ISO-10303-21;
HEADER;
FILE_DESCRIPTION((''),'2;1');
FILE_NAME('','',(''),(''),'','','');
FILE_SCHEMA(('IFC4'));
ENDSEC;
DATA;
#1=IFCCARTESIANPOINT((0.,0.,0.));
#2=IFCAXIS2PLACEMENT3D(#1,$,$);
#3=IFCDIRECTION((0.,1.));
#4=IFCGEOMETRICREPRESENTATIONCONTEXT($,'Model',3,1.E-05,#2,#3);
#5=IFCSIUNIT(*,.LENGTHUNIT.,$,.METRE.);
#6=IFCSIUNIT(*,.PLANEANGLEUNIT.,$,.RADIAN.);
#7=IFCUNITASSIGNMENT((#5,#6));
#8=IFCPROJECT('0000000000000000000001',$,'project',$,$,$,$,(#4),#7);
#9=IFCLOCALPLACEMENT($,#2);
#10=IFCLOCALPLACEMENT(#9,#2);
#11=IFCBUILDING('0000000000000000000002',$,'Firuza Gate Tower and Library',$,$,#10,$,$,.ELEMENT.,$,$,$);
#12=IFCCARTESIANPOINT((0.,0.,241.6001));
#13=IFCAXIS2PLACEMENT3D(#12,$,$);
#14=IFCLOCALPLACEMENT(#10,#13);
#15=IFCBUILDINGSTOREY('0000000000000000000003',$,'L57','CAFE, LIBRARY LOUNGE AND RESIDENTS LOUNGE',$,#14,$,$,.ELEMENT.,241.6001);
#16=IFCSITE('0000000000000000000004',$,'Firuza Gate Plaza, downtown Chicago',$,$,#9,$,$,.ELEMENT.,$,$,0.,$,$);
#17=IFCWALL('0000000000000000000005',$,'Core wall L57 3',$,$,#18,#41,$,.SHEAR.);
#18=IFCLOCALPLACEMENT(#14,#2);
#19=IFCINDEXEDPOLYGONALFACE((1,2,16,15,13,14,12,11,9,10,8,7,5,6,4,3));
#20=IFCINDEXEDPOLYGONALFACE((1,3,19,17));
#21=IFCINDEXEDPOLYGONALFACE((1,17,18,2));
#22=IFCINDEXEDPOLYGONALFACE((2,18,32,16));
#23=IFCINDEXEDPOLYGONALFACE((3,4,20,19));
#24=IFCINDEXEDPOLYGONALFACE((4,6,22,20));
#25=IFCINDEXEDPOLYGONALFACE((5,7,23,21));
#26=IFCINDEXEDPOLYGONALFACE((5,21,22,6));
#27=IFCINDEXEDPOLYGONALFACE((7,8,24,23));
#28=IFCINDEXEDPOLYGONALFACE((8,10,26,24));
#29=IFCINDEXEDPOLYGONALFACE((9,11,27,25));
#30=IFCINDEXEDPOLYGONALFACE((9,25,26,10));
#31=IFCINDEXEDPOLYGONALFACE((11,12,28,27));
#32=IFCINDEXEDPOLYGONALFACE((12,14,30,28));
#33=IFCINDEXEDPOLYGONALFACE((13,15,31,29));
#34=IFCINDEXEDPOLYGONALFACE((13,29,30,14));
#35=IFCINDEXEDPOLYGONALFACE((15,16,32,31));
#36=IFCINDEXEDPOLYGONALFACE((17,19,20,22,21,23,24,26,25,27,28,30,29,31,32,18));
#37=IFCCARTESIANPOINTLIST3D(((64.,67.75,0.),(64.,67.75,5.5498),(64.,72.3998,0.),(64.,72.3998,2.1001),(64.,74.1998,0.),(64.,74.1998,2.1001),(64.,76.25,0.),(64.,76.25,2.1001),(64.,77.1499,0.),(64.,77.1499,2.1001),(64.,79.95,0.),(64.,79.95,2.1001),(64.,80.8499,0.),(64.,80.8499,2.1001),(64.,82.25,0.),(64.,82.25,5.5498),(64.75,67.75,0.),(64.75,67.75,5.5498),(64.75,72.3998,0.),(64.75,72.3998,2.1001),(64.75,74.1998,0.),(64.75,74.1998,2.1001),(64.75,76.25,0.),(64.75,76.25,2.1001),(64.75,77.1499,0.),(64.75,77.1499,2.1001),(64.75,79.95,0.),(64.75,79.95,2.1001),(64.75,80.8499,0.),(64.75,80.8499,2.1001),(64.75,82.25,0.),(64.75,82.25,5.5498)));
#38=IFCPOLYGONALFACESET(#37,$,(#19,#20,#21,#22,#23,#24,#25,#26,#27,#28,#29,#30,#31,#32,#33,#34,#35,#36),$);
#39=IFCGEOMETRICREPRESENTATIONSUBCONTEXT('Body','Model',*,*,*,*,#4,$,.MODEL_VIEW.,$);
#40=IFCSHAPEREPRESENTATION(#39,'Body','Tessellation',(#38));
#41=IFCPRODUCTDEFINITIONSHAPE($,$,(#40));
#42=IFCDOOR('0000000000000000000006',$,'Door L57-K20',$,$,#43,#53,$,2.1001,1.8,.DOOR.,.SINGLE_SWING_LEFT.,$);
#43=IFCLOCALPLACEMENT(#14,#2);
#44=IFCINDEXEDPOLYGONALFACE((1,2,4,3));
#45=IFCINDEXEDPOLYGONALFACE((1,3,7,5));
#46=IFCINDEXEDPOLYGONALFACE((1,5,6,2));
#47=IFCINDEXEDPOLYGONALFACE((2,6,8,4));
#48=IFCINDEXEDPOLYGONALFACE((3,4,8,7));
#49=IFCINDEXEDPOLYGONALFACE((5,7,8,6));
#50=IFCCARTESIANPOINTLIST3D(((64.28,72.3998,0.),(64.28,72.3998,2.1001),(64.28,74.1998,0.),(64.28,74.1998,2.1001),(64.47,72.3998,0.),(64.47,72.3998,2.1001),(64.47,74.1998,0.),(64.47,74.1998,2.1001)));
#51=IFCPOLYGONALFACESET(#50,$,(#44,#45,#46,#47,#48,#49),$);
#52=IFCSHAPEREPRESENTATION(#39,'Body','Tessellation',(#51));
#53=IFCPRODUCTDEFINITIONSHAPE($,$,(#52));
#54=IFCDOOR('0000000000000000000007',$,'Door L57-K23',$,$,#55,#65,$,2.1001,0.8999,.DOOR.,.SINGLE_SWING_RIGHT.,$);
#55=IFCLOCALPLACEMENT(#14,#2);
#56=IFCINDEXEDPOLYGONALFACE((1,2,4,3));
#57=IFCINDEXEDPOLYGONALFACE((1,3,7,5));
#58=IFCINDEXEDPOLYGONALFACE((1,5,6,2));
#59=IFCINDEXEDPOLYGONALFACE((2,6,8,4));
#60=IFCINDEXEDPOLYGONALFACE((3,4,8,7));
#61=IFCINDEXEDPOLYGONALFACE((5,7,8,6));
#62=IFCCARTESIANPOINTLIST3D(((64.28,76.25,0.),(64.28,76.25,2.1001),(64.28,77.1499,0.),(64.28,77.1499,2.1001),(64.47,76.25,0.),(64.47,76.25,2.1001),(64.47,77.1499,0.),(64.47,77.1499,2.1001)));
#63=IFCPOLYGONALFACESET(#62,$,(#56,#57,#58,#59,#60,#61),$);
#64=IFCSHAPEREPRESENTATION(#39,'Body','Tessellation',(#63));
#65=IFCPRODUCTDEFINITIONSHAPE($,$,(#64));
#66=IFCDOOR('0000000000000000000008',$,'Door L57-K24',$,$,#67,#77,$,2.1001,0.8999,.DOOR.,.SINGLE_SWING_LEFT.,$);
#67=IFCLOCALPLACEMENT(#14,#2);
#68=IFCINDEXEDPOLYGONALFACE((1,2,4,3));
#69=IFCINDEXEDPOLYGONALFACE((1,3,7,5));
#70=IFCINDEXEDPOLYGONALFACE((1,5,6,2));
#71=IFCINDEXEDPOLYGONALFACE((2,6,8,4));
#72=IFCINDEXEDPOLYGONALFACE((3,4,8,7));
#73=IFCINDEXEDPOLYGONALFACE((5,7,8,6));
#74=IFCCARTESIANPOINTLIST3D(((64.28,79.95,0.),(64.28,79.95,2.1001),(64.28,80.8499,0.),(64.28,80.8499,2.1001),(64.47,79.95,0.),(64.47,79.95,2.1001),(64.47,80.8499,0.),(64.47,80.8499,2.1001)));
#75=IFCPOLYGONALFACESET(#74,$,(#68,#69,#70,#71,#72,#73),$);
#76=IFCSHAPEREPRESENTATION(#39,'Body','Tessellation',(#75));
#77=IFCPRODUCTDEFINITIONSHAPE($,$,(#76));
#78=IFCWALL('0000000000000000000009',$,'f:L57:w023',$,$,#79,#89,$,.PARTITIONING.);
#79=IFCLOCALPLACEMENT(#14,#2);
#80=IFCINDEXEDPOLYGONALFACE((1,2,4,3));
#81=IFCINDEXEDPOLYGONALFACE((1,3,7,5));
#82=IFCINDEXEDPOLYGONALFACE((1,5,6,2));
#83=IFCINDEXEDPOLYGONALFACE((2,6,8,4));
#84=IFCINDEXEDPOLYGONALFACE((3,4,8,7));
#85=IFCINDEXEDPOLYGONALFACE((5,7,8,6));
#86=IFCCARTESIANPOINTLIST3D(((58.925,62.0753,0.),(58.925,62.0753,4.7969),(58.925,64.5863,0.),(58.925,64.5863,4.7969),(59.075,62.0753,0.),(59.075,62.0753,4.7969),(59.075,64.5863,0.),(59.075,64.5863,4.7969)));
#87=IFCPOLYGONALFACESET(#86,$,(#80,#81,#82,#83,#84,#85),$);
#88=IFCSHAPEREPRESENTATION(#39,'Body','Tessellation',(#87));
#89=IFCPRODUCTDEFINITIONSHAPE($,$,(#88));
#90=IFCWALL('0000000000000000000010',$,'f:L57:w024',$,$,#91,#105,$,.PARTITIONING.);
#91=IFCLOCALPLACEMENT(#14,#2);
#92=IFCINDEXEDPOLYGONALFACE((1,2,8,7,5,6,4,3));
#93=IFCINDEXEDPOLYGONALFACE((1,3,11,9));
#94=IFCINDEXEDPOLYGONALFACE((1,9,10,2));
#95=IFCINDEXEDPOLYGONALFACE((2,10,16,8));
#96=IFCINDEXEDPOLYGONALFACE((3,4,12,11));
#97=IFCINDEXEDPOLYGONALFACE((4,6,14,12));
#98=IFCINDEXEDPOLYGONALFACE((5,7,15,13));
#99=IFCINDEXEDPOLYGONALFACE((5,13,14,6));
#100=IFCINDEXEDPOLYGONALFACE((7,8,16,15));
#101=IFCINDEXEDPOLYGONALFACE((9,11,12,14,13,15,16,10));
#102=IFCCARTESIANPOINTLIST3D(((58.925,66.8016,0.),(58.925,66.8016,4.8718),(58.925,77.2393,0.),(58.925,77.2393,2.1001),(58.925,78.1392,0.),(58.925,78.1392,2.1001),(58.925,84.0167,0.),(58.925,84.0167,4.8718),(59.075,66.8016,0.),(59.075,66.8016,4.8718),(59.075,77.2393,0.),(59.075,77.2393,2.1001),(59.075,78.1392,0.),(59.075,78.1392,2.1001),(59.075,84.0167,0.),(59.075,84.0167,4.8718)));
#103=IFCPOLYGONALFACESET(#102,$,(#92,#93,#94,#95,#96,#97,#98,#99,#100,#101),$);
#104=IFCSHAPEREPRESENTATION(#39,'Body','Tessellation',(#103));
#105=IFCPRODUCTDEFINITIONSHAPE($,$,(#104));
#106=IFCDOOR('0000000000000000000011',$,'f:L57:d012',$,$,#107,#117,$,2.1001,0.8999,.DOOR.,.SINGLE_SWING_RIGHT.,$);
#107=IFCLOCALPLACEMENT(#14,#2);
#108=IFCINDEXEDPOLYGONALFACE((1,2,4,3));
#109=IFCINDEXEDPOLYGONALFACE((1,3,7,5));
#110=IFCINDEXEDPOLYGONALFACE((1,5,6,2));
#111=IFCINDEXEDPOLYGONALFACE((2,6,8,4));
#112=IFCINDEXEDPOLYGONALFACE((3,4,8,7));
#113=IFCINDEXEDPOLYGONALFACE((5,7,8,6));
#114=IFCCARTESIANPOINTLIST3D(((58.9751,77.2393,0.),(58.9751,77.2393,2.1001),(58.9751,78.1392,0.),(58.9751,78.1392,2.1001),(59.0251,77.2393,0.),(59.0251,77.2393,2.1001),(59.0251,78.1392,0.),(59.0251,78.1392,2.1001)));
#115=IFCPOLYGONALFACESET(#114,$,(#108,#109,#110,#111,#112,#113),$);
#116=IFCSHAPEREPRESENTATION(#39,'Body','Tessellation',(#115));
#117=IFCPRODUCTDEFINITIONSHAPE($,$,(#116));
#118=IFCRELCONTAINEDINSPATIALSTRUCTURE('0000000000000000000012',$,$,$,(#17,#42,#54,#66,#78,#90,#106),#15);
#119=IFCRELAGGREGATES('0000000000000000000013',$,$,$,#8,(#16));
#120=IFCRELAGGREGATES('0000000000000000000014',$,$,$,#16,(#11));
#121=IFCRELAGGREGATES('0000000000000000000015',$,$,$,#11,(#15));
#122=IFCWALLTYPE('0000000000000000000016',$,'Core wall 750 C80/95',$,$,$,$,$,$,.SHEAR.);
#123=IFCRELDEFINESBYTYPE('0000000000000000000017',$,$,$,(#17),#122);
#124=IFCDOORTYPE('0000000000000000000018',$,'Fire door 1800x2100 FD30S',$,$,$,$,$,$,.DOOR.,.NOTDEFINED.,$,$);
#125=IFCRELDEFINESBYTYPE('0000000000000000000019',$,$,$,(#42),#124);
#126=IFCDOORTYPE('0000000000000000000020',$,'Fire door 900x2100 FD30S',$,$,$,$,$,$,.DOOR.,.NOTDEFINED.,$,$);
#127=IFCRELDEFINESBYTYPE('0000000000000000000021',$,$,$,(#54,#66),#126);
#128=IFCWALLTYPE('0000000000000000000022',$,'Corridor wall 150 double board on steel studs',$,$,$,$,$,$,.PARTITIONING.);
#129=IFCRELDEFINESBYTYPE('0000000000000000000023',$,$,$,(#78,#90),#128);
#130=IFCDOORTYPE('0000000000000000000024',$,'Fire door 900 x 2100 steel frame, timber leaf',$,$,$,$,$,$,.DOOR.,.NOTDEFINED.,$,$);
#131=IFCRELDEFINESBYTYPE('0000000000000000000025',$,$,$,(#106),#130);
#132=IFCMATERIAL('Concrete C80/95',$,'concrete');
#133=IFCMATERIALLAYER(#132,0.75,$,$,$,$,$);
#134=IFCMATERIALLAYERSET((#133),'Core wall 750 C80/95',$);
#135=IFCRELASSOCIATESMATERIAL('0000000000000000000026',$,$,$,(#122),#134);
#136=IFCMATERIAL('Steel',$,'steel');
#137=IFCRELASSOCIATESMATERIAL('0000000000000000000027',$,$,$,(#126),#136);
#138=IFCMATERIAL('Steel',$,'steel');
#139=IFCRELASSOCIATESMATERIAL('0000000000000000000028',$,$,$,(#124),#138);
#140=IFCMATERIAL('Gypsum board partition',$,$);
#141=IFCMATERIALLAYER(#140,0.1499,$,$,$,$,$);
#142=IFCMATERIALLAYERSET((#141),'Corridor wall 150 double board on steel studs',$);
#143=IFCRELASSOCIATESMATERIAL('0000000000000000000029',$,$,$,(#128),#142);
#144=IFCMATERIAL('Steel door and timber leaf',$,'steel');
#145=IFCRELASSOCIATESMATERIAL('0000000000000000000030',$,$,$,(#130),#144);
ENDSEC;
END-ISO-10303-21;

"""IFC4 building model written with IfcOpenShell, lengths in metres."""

from ifc_helpers import new_model, si_unit, direction, frame, frame_2d, origin, place, context, subcontext, project, spatial, rectangle, extrude, material, layer, layer_set, type_object, element, fill, save


model = new_model("IFC4")

# Units and contexts
model_context = context("Model", 3, precision=1e-05, world=origin(), true_north=direction((0.0, 1.0)))
body_context = subcontext(model_context, "Body", "Model", "MODEL_VIEW")
ifc_project = project(units=[si_unit("LENGTHUNIT", "METRE"), si_unit("PLANEANGLEUNIT", "RADIAN")], contexts=[model_context])

# Site, building, storey
site_placement = place(None, origin())
site = spatial("IfcSite", under=ifc_project, at=site_placement, Name="Firuza Gate Plaza, downtown Chicago", CompositionType="ELEMENT", RefElevation=0.0)
building_placement = place(site_placement, origin())
building = spatial("IfcBuilding", under=site, at=building_placement, Name="Firuza Gate Tower and Library", CompositionType="ELEMENT")
storey_placement = place(building_placement, frame((0.0, 0.0, 241.6001)))
storey = spatial("IfcBuildingStorey", under=building, at=storey_placement, Name="L57", Description="CAFE, LIBRARY LOUNGE AND RESIDENTS LOUNGE", CompositionType="ELEMENT", Elevation=241.6001)

# Shared definitions
ifc_material_1 = material(Name="Concrete C80/95", Category="concrete")
ifc_layer_1 = layer(ifc_material_1, 0.75)
ifc_layer_set_1 = layer_set([ifc_layer_1], Name="Core wall 750 C80/95")
wall_type_1 = type_object("IfcWallType", Name="Core wall 750 C80/95", PredefinedType="SHEAR", material=ifc_layer_set_1)
ifc_material_2 = material(Name="Steel", Category="steel")
door_type_1 = type_object("IfcDoorType", Name="Fire door 900x2100 FD30S", OperationType="NOTDEFINED", PredefinedType="DOOR", material=ifc_material_2)

# Wall, openings, doors
wall_1_placement = place(storey_placement, frame((64.375, 67.75, 0.0), z_axis=(0.0, 0.0, 1.0), x_axis=(0.0, 1.0, 0.0)))
wall_1 = element("IfcWall", 1, at=wall_1_placement, inside=storey, type_object=wall_type_1, Name="Core wall L57 3", PredefinedType="SHEAR", context=body_context, shape_type="SweptSolid", body=[
    extrude(rectangle(XDim=14.5, YDim=0.75, at=frame_2d((7.25, 0.0))), origin(), (0.0, 0.0, 1.0), 5.5498),
])
opening_1_placement = place(wall_1_placement, frame((4.6499, 0.0, 0.0)))
opening_1 = element("IfcOpeningElement", 2, at=opening_1_placement, cuts=wall_1, PredefinedType="OPENING", context=body_context, shape_type="SweptSolid", body=[
    extrude(rectangle(XDim=1.8, YDim=2.1001, at=frame_2d((0.8999, 1.05))), frame((0.0, 0.385, 0.0), z_axis=(0.0, -1.0, 0.0), x_axis=(1.0, 0.0, 0.0)), (0.0, 0.0, 1.0), 0.77),
])
opening_2_placement = place(wall_1_placement, frame((8.5, 0.0, 0.0)))
opening_2 = element("IfcOpeningElement", 3, at=opening_2_placement, cuts=wall_1, PredefinedType="OPENING", context=body_context, shape_type="SweptSolid", body=[
    extrude(rectangle(XDim=0.8999, YDim=2.1001, at=frame_2d((0.45, 1.05))), frame((0.0, 0.385, 0.0), z_axis=(0.0, -1.0, 0.0), x_axis=(1.0, 0.0, 0.0)), (0.0, 0.0, 1.0), 0.77),
])
opening_3_placement = place(wall_1_placement, frame((12.2, 0.0, 0.0)))
opening_3 = element("IfcOpeningElement", 4, at=opening_3_placement, cuts=wall_1, PredefinedType="OPENING", context=body_context, shape_type="SweptSolid", body=[
    extrude(rectangle(XDim=0.8999, YDim=2.1001, at=frame_2d((0.45, 1.05))), frame((0.0, 0.385, 0.0), z_axis=(0.0, -1.0, 0.0), x_axis=(1.0, 0.0, 0.0)), (0.0, 0.0, 1.0), 0.77),
])
ifc_material_3 = material(Name="Steel", Category="steel")
door_type_2 = type_object("IfcDoorType", Name="Fire door 1800x2100 FD30S", OperationType="NOTDEFINED", PredefinedType="DOOR", material=ifc_material_3)
door_1_placement = place(opening_1_placement, origin())
door_1 = element("IfcDoor", 5, at=door_1_placement, inside=storey, type_object=door_type_2, Name="Door L57-K20", OperationType="SINGLE_SWING_LEFT", OverallHeight=2.1001, OverallWidth=1.8, PredefinedType="DOOR", context=body_context, shape_type="SweptSolid", body=[
    extrude(rectangle(XDim=1.8, YDim=2.1001, at=frame_2d((0.8999, 1.05))), frame((0.0, 0.095, 0.0), z_axis=(0.0, -1.0, 0.0), x_axis=(1.0, 0.0, 0.0)), (0.0, 0.0, 1.0), 0.1899),
])
fill(opening_1, door_1)
door_2_placement = place(opening_2_placement, origin())
door_2 = element("IfcDoor", 6, at=door_2_placement, inside=storey, type_object=door_type_1, Name="Door L57-K23", OperationType="SINGLE_SWING_RIGHT", OverallHeight=2.1001, OverallWidth=0.8999, PredefinedType="DOOR", context=body_context, shape_type="SweptSolid", body=[
    extrude(rectangle(XDim=0.8999, YDim=2.1001, at=frame_2d((0.45, 1.05))), frame((0.0, 0.095, 0.0), z_axis=(0.0, -1.0, 0.0), x_axis=(1.0, 0.0, 0.0)), (0.0, 0.0, 1.0), 0.1899),
])
fill(opening_2, door_2)
door_3_placement = place(opening_3_placement, origin())
door_3 = element("IfcDoor", 7, at=door_3_placement, inside=storey, type_object=door_type_1, Name="Door L57-K24", OperationType="SINGLE_SWING_LEFT", OverallHeight=2.1001, OverallWidth=0.8999, PredefinedType="DOOR", context=body_context, shape_type="SweptSolid", body=[
    extrude(rectangle(XDim=0.8999, YDim=2.1001, at=frame_2d((0.45, 1.05))), frame((0.0, 0.095, 0.0), z_axis=(0.0, -1.0, 0.0), x_axis=(1.0, 0.0, 0.0)), (0.0, 0.0, 1.0), 0.1899),
])
fill(opening_3, door_3)

# Wall
ifc_material_4 = material(Name="Gypsum board partition")
ifc_layer_2 = layer(ifc_material_4, 0.1499)
ifc_layer_set_2 = layer_set([ifc_layer_2], Name="Corridor wall 150 double board on steel studs")
wall_type_2 = type_object("IfcWallType", Name="Corridor wall 150 double board on steel studs", PredefinedType="PARTITIONING", material=ifc_layer_set_2)
wall_2_placement = place(storey_placement, frame((59.0, 62.0754, 0.0), z_axis=(0.0, 0.0, 1.0), x_axis=(0.0, 1.0, 0.0)))
element("IfcWall", 8, at=wall_2_placement, inside=storey, type_object=wall_type_2, Name="f:L57:w023", PredefinedType="PARTITIONING", context=body_context, shape_type="SweptSolid", body=[
    extrude(rectangle(XDim=2.511, YDim=0.1499, at=frame_2d((1.2554, 0.0))), origin(), (0.0, 0.0, 1.0), 4.7969),
])

# Wall, opening, door
wall_3_placement = place(storey_placement, frame((59.0, 66.8018, 0.0), z_axis=(0.0, 0.0, 1.0), x_axis=(0.0, 1.0, 0.0)))
wall_3 = element("IfcWall", 9, at=wall_3_placement, inside=storey, type_object=wall_type_2, Name="f:L57:w024", PredefinedType="PARTITIONING", context=body_context, shape_type="SweptSolid", body=[
    extrude(rectangle(XDim=17.2151, YDim=0.1499, at=frame_2d((8.6074, 0.0))), origin(), (0.0, 0.0, 1.0), 4.8718),
])
opening_4_placement = place(wall_3_placement, frame((10.4375, 0.0, 0.0)))
opening_4 = element("IfcOpeningElement", 10, at=opening_4_placement, cuts=wall_3, PredefinedType="OPENING", context=body_context, shape_type="SweptSolid", body=[
    extrude(rectangle(XDim=0.8999, YDim=2.1001, at=frame_2d((0.45, 1.05))), frame((0.0, 0.085, 0.0), z_axis=(0.0, -1.0, 0.0), x_axis=(1.0, 0.0, 0.0)), (0.0, 0.0, 1.0), 0.1699),
])
ifc_material_5 = material(Name="Steel door and timber leaf", Category="steel")
door_type_3 = type_object("IfcDoorType", Name="Fire door 900 x 2100 steel frame, timber leaf", OperationType="NOTDEFINED", PredefinedType="DOOR", material=ifc_material_5)
door_4_placement = place(opening_4_placement, origin())
door_4 = element("IfcDoor", 11, at=door_4_placement, inside=storey, type_object=door_type_3, Name="f:L57:d012", OperationType="SINGLE_SWING_RIGHT", OverallHeight=2.1001, OverallWidth=0.8999, PredefinedType="DOOR", context=body_context, shape_type="SweptSolid", body=[
    extrude(rectangle(XDim=0.8999, YDim=2.1001, at=frame_2d((0.45, 1.05))), frame((0.0, 0.0249, 0.0), z_axis=(0.0, -1.0, 0.0), x_axis=(1.0, 0.0, 0.0)), (0.0, 0.0, 1.0), 0.05),
])
fill(opening_4, door_4)

save(model, "model.ifc")
